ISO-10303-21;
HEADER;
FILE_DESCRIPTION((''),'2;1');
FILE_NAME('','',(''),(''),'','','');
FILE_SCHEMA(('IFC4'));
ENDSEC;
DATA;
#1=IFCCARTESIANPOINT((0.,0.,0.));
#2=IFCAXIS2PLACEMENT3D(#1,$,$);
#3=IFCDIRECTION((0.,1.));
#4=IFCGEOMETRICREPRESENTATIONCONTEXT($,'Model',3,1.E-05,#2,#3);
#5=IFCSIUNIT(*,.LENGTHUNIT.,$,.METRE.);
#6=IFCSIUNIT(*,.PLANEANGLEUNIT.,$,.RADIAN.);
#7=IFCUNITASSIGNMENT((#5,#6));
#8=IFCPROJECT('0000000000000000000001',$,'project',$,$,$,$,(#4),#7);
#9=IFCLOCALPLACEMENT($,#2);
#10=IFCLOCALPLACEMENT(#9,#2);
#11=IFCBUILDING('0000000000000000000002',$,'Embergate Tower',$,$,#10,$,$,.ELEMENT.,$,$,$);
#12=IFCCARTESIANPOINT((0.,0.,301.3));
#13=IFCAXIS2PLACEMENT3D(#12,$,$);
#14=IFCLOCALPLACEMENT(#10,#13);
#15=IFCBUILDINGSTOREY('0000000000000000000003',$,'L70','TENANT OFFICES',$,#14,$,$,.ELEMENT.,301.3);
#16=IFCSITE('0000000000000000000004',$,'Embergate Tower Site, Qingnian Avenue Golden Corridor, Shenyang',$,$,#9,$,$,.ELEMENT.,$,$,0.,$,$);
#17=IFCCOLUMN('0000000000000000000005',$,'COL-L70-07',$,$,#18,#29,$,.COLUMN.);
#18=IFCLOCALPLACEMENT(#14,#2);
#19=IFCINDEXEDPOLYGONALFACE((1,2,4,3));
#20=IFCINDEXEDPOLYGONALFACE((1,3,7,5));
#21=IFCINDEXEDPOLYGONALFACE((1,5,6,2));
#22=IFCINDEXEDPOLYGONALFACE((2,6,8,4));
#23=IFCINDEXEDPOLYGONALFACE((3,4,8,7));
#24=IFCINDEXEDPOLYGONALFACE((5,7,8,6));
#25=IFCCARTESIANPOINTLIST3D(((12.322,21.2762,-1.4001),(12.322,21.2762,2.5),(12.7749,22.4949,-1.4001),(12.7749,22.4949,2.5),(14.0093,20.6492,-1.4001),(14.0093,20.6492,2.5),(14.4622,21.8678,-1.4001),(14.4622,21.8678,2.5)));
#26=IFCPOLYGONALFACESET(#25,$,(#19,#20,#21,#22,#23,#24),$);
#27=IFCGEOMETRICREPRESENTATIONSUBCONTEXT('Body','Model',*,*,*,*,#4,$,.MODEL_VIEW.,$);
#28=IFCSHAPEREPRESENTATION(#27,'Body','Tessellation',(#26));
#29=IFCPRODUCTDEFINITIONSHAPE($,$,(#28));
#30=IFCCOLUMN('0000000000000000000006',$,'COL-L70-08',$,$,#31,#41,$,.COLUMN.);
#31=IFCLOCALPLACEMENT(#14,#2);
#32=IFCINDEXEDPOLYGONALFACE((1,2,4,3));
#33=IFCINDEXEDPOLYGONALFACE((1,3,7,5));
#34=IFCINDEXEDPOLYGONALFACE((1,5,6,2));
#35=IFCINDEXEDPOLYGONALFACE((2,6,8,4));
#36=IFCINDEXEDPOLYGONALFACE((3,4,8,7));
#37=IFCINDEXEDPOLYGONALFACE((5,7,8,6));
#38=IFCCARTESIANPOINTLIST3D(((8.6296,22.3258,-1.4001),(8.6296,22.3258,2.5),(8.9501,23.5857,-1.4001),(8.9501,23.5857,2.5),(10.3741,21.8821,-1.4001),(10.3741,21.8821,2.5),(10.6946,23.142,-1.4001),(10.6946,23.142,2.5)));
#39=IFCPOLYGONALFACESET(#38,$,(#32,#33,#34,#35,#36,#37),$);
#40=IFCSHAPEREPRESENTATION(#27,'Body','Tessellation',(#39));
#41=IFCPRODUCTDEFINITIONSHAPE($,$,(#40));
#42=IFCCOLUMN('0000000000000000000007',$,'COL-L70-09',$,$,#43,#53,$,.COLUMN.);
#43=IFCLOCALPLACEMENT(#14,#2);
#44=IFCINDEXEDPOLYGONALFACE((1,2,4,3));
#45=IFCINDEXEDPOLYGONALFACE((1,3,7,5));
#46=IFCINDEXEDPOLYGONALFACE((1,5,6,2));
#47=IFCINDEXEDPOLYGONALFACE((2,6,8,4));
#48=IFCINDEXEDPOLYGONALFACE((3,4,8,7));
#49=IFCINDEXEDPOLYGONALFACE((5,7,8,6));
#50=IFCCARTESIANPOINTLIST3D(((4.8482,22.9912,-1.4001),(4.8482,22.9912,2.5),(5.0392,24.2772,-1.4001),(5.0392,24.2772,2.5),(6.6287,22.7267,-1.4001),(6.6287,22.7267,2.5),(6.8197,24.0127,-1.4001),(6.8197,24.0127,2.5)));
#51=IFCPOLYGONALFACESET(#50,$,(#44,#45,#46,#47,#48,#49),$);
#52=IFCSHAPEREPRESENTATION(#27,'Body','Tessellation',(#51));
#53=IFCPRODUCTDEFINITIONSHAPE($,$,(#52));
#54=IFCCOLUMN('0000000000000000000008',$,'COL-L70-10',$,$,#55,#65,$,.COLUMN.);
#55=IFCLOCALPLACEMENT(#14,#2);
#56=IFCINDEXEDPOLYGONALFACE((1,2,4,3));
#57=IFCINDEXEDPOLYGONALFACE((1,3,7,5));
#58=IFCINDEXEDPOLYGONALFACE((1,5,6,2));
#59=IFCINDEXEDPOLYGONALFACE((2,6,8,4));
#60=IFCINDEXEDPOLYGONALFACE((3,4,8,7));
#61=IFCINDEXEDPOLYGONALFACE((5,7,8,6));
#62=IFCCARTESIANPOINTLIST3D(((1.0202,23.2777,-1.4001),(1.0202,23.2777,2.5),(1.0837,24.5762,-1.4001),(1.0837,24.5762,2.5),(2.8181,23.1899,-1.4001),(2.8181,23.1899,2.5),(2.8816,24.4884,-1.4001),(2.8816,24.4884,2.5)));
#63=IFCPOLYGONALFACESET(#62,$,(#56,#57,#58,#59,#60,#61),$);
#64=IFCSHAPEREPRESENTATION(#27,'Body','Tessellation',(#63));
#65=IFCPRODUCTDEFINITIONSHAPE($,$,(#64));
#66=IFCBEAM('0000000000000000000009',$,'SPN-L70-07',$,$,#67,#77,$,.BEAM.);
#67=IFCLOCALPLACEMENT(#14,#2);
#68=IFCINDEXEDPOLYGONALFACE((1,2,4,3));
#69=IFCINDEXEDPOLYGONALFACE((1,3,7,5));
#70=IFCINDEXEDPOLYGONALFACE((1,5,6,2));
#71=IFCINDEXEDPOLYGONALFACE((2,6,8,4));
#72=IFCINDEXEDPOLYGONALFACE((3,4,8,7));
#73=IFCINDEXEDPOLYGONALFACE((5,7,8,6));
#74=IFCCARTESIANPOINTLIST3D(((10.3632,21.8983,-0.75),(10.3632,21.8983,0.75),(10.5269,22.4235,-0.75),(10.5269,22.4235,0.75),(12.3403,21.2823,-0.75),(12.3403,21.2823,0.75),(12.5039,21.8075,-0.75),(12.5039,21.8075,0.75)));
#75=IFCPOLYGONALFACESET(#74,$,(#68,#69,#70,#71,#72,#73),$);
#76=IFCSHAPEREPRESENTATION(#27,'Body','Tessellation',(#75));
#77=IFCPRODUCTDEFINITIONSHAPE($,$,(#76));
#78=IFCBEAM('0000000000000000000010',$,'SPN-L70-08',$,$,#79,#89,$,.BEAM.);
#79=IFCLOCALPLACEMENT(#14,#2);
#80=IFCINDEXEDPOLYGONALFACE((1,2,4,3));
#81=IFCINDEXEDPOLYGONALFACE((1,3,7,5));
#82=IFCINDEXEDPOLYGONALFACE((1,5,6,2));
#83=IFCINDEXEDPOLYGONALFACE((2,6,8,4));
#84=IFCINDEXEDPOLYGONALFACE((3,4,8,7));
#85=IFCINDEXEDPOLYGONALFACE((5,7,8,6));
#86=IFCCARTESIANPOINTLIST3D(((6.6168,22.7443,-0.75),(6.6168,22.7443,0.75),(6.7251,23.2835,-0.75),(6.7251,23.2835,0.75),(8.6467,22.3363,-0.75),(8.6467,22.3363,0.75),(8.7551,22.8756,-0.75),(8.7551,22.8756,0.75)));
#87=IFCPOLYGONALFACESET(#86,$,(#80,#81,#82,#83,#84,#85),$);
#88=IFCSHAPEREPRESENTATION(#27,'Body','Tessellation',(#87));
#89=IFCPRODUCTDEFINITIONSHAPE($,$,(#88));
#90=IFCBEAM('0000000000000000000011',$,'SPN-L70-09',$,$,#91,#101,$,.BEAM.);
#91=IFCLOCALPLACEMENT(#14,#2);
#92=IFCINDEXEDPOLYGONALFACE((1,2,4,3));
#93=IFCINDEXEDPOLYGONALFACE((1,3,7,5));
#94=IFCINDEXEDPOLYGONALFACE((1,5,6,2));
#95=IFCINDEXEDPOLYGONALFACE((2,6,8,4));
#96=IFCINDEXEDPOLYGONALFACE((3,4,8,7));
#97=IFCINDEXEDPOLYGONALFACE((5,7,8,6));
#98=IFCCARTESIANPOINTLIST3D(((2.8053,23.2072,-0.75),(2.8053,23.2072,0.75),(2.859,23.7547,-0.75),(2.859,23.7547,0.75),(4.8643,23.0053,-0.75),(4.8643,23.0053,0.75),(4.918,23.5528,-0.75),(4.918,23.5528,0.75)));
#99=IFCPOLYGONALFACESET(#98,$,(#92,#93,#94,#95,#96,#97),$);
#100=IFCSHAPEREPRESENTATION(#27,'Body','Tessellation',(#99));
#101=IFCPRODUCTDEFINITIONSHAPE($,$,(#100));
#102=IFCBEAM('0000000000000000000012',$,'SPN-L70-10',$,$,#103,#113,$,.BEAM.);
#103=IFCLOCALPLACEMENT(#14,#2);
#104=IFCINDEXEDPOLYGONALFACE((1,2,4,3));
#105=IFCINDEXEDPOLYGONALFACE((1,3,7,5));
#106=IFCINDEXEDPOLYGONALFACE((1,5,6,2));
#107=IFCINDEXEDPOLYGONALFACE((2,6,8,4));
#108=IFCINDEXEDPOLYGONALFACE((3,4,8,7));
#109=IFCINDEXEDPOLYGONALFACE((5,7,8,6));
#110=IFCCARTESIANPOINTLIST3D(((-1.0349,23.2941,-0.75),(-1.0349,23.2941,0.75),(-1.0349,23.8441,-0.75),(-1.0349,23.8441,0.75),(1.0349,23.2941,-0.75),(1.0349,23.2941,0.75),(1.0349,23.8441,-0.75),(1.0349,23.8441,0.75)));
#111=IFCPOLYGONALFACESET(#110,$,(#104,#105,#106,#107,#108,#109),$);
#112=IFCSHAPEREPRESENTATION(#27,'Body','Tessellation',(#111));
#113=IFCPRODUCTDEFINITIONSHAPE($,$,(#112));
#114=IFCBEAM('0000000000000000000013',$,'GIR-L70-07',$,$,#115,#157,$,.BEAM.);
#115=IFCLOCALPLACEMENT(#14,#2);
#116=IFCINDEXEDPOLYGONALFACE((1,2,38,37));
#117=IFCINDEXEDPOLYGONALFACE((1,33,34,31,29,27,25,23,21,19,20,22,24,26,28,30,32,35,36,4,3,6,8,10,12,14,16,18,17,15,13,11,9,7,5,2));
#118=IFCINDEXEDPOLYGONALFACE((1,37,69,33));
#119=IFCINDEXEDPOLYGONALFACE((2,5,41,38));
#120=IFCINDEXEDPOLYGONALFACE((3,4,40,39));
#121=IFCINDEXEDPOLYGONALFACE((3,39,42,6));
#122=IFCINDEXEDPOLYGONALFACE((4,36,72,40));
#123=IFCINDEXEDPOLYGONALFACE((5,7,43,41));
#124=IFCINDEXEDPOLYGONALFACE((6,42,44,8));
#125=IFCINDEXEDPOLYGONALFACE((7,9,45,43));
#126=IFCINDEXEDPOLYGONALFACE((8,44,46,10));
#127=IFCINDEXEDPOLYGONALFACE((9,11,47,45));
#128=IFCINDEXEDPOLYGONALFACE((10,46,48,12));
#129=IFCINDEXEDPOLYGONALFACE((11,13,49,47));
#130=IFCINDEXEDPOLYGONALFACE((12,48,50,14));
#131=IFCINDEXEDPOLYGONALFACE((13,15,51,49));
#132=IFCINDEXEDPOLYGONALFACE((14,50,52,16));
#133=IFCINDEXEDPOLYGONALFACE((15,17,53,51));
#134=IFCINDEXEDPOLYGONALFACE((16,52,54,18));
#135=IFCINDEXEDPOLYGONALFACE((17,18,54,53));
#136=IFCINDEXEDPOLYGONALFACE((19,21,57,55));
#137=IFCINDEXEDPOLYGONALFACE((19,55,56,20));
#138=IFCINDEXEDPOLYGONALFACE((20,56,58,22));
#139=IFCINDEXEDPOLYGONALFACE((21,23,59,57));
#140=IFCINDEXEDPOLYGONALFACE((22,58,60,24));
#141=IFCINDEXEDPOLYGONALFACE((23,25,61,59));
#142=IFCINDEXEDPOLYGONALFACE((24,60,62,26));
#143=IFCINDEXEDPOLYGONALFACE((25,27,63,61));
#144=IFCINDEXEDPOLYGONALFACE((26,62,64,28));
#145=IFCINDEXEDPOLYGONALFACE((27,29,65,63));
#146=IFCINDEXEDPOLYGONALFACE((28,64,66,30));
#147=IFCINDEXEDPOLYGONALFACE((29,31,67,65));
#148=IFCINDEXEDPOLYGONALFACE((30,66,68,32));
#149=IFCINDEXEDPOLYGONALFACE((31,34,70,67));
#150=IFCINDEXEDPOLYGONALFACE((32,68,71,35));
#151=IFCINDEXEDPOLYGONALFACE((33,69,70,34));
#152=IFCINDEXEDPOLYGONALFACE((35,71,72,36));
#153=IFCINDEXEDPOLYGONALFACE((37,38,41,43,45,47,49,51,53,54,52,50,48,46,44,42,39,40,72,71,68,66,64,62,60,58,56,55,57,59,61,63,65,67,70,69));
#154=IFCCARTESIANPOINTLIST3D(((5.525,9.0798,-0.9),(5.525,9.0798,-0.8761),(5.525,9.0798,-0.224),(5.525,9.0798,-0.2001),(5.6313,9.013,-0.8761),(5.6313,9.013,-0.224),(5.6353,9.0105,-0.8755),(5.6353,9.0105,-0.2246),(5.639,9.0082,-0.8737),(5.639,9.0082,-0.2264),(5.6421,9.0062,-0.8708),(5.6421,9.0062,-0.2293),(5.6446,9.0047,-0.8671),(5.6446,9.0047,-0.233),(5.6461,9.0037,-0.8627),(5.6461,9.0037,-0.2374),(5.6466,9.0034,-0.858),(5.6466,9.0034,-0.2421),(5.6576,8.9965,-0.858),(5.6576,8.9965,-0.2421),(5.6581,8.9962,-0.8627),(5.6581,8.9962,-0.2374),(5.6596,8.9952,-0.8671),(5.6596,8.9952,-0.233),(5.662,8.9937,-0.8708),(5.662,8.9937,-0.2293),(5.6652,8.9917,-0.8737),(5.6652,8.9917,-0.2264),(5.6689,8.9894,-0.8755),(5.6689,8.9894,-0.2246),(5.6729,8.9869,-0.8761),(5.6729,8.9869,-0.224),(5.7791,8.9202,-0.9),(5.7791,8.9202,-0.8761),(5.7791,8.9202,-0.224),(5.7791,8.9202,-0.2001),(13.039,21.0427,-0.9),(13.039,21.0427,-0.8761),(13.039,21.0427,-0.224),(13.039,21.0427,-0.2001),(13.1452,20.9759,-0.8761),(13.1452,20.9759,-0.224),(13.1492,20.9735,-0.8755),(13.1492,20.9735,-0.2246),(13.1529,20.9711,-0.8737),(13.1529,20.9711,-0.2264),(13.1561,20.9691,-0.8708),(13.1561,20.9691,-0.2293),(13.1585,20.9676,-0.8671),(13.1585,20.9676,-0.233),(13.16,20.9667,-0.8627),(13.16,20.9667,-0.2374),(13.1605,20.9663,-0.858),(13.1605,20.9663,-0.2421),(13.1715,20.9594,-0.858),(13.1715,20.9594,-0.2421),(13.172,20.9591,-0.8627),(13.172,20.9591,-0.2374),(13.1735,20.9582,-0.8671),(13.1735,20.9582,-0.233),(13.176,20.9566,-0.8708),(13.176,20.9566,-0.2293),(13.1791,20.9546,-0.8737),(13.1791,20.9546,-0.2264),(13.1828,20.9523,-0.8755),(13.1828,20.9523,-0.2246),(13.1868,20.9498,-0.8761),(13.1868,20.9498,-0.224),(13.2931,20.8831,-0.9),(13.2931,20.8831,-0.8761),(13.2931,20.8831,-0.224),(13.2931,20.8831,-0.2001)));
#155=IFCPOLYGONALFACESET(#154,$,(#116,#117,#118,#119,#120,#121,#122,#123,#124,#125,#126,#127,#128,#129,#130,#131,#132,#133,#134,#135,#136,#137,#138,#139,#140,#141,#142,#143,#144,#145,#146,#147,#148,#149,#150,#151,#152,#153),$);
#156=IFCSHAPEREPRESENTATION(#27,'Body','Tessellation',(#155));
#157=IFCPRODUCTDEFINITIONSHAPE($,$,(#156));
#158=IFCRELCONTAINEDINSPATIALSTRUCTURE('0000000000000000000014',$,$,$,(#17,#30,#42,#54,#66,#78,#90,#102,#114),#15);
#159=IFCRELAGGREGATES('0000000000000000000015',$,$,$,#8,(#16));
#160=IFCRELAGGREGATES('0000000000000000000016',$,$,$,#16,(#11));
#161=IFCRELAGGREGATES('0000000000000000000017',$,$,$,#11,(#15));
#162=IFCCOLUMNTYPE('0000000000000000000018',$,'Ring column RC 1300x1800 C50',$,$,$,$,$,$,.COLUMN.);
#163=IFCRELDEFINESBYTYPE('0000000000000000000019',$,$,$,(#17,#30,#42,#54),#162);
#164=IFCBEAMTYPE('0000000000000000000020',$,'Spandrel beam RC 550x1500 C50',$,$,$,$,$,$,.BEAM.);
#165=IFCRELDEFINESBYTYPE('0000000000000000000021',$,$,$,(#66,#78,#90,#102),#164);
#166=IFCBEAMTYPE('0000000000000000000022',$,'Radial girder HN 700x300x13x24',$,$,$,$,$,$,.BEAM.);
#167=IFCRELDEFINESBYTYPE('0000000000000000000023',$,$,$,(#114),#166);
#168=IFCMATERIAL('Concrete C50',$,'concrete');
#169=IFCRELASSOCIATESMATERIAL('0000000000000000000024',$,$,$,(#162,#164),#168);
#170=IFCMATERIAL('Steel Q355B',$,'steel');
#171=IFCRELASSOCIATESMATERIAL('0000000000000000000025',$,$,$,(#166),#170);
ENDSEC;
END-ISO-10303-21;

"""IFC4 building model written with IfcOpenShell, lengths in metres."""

from ifc_helpers import new_model, si_unit, direction, frame, origin, origin_2d, place, context, subcontext, project, spatial, rectangle, i_section, extrude, source, transform, mapped, material, material_profile, profile_set, type_object, element, save


model = new_model("IFC4")

# Units and contexts
model_context = context("Model", 3, precision=1e-05, world=origin(), true_north=direction((0.0, 1.0)))
body_context = subcontext(model_context, "Body", "Model", "MODEL_VIEW")
ifc_project = project(units=[si_unit("LENGTHUNIT", "METRE"), si_unit("PLANEANGLEUNIT", "RADIAN")], contexts=[model_context])

# Site, building, storey
site_placement = place(None, origin())
site = spatial("IfcSite", under=ifc_project, at=site_placement, Name="Embergate Tower Site, Qingnian Avenue Golden Corridor, Shenyang", CompositionType="ELEMENT", RefElevation=0.0)
building_placement = place(site_placement, origin())
building = spatial("IfcBuilding", under=site, at=building_placement, Name="Embergate Tower", CompositionType="ELEMENT")
storey_placement = place(building_placement, frame((0.0, 0.0, 301.3)))
storey = spatial("IfcBuildingStorey", under=building, at=storey_placement, Name="L70", Description="TENANT OFFICES", CompositionType="ELEMENT", Elevation=301.3)

# Columns
ifc_material_1 = material(Name="Concrete C50", Category="concrete")
ifc_material_profile_1 = material_profile(ifc_material_1, rectangle(XDim=1.3, YDim=1.8, at=origin_2d()), Name="RC 1300x1800")
ifc_profile_set_1 = profile_set([ifc_material_profile_1], Name="Concrete C50")
column_type = type_object("IfcColumnType", Name="Ring column RC 1300x1800 C50", PredefinedType="COLUMN", material=ifc_profile_set_1)
shared_shape_1 = source(origin(), body_context, "Body", "SweptSolid", [
    extrude(rectangle(XDim=1.3, YDim=1.8, at=origin_2d()), origin(), (0.0, 0.0, 1.0), 3.9001),
])
for number, where, z_axis, x_axis, name in (
    (1, (13.3921, 21.572, -1.4001), (0.0, 0.0, 1.0), (0.348343, 0.937367, 0.0), "COL-L70-07"),
    (2, (9.6621, 22.7339, -1.4001), (0.0, 0.0, 1.0), (0.246509, 0.969141, 0.0), "COL-L70-08"),
    (3, (5.834, 23.502, -1.4001), (0.0, 0.0, 1.0), (0.146929, 0.989147, 0.0), "COL-L70-09"),
    (4, (1.9509, 23.8831, -1.4001), (0.0, 0.0, 1.0), (0.048815, 0.998808, 0.0), "COL-L70-10"),
):
    element("IfcColumn", number, at=place(storey_placement, frame(where, z_axis=z_axis, x_axis=x_axis)), inside=storey, type_object=column_type, Name=name, PredefinedType="COLUMN", context=body_context, shape_type="MappedRepresentation", body=[
        mapped(shared_shape_1, transform((0.0, 0.0, 0.0))),
    ])

# Beams
ifc_material_profile_2 = material_profile(ifc_material_1, rectangle(XDim=0.55, YDim=1.5, at=origin_2d()), Name="RC 550x1500")
ifc_profile_set_2 = profile_set([ifc_material_profile_2], Name="Concrete C50")
beam_type_1 = type_object("IfcBeamType", Name="Spandrel beam RC 550x1500 C50", PredefinedType="BEAM", material=ifc_profile_set_2)
shared_shape_2 = source(origin(), body_context, "Body", "SweptSolid", [
    extrude(rectangle(XDim=0.55, YDim=1.5, at=origin_2d()), origin(), (0.0, 0.0, 1.0), 2.0708),
])
beam_1_placement = place(storey_placement, frame((12.4221, 21.5449, 0.0), z_axis=(-0.954736, 0.297456, 0.0), x_axis=(-0.297456, -0.954736, 0.0)))
element("IfcBeam", 5, at=beam_1_placement, inside=storey, type_object=beam_type_1, Name="SPN-L70-07", PredefinedType="BEAM", context=body_context, shape_type="MappedRepresentation", body=[
    mapped(shared_shape_2, transform((0.0, 0.0, 0.0))),
])
shared_shape_3 = source(origin(), body_context, "Body", "SweptSolid", [
    extrude(rectangle(XDim=0.55, YDim=1.5, at=origin_2d()), origin(), (0.0, 0.0, 1.0), 2.0706),
])
beam_2_placement = place(storey_placement, frame((8.7009, 22.606, 0.0), z_axis=(-0.980399, 0.197023, 0.0), x_axis=(-0.197023, -0.980399, 0.0)))
element("IfcBeam", 6, at=beam_2_placement, inside=storey, type_object=beam_type_1, Name="SPN-L70-08", PredefinedType="BEAM", context=body_context, shape_type="MappedRepresentation", body=[
    mapped(shared_shape_3, transform((0.0, 0.0, 0.0))),
])
shared_shape_4 = source(origin(), body_context, "Body", "SweptSolid", [
    extrude(rectangle(XDim=0.55, YDim=1.5, at=origin_2d()), origin(), (0.0, 0.0, 1.0), 2.0688),
])
beam_3_placement = place(storey_placement, frame((4.8911, 23.2791, 0.0), z_axis=(-0.995227, 0.097587, 0.0), x_axis=(-0.097587, -0.995227, 0.0)))
element("IfcBeam", 7, at=beam_3_placement, inside=storey, type_object=beam_type_1, Name="SPN-L70-09", PredefinedType="BEAM", context=body_context, shape_type="MappedRepresentation", body=[
    mapped(shared_shape_4, transform((0.0, 0.0, 0.0))),
])
shared_shape_5 = source(origin(), body_context, "Body", "SweptSolid", [
    extrude(rectangle(XDim=0.55, YDim=1.5, at=origin_2d()), origin(), (0.0, 0.0, 1.0), 2.0698),
])
beam_4_placement = place(storey_placement, frame((1.0349, 23.5691, 0.0), z_axis=(-1.0, 0.0, 0.0), x_axis=(0.0, -1.0, 0.0)))
element("IfcBeam", 8, at=beam_4_placement, inside=storey, type_object=beam_type_1, Name="SPN-L70-10", PredefinedType="BEAM", context=body_context, shape_type="MappedRepresentation", body=[
    mapped(shared_shape_5, transform((0.0, 0.0, 0.0))),
])
ifc_material_2 = material(Name="Steel Q355B", Category="steel")
ifc_material_profile_3 = material_profile(ifc_material_2, i_section(OverallWidth=0.3, OverallDepth=0.7, WebThickness=0.0129, FlangeThickness=0.0239, FilletRadius=0.0181, at=origin_2d()), Name="HN 700x300x13x24")
ifc_profile_set_3 = profile_set([ifc_material_profile_3], Name="Steel Q355 grade B")
beam_type_2 = type_object("IfcBeamType", Name="Radial girder HN 700x300x13x24", PredefinedType="BEAM", material=ifc_profile_set_3)
shared_shape_6 = source(origin(), body_context, "Body", "SweptSolid", [
    extrude(i_section(OverallWidth=0.3, OverallDepth=0.7, WebThickness=0.0129, FlangeThickness=0.0239, FilletRadius=0.0181, at=origin_2d()), origin(), (0.0, 0.0, 1.0), 14.127),
])
beam_5_placement = place(storey_placement, frame((13.166, 20.9629, -0.55), z_axis=(-0.531887, -0.846816, 0.0), x_axis=(0.846816, -0.531887, 0.0)))
element("IfcBeam", 9, at=beam_5_placement, inside=storey, type_object=beam_type_2, Name="GIR-L70-07", PredefinedType="BEAM", context=body_context, shape_type="MappedRepresentation", body=[
    mapped(shared_shape_6, transform((0.0, 0.0, 0.0))),
])

save(model, "model.ifc")
